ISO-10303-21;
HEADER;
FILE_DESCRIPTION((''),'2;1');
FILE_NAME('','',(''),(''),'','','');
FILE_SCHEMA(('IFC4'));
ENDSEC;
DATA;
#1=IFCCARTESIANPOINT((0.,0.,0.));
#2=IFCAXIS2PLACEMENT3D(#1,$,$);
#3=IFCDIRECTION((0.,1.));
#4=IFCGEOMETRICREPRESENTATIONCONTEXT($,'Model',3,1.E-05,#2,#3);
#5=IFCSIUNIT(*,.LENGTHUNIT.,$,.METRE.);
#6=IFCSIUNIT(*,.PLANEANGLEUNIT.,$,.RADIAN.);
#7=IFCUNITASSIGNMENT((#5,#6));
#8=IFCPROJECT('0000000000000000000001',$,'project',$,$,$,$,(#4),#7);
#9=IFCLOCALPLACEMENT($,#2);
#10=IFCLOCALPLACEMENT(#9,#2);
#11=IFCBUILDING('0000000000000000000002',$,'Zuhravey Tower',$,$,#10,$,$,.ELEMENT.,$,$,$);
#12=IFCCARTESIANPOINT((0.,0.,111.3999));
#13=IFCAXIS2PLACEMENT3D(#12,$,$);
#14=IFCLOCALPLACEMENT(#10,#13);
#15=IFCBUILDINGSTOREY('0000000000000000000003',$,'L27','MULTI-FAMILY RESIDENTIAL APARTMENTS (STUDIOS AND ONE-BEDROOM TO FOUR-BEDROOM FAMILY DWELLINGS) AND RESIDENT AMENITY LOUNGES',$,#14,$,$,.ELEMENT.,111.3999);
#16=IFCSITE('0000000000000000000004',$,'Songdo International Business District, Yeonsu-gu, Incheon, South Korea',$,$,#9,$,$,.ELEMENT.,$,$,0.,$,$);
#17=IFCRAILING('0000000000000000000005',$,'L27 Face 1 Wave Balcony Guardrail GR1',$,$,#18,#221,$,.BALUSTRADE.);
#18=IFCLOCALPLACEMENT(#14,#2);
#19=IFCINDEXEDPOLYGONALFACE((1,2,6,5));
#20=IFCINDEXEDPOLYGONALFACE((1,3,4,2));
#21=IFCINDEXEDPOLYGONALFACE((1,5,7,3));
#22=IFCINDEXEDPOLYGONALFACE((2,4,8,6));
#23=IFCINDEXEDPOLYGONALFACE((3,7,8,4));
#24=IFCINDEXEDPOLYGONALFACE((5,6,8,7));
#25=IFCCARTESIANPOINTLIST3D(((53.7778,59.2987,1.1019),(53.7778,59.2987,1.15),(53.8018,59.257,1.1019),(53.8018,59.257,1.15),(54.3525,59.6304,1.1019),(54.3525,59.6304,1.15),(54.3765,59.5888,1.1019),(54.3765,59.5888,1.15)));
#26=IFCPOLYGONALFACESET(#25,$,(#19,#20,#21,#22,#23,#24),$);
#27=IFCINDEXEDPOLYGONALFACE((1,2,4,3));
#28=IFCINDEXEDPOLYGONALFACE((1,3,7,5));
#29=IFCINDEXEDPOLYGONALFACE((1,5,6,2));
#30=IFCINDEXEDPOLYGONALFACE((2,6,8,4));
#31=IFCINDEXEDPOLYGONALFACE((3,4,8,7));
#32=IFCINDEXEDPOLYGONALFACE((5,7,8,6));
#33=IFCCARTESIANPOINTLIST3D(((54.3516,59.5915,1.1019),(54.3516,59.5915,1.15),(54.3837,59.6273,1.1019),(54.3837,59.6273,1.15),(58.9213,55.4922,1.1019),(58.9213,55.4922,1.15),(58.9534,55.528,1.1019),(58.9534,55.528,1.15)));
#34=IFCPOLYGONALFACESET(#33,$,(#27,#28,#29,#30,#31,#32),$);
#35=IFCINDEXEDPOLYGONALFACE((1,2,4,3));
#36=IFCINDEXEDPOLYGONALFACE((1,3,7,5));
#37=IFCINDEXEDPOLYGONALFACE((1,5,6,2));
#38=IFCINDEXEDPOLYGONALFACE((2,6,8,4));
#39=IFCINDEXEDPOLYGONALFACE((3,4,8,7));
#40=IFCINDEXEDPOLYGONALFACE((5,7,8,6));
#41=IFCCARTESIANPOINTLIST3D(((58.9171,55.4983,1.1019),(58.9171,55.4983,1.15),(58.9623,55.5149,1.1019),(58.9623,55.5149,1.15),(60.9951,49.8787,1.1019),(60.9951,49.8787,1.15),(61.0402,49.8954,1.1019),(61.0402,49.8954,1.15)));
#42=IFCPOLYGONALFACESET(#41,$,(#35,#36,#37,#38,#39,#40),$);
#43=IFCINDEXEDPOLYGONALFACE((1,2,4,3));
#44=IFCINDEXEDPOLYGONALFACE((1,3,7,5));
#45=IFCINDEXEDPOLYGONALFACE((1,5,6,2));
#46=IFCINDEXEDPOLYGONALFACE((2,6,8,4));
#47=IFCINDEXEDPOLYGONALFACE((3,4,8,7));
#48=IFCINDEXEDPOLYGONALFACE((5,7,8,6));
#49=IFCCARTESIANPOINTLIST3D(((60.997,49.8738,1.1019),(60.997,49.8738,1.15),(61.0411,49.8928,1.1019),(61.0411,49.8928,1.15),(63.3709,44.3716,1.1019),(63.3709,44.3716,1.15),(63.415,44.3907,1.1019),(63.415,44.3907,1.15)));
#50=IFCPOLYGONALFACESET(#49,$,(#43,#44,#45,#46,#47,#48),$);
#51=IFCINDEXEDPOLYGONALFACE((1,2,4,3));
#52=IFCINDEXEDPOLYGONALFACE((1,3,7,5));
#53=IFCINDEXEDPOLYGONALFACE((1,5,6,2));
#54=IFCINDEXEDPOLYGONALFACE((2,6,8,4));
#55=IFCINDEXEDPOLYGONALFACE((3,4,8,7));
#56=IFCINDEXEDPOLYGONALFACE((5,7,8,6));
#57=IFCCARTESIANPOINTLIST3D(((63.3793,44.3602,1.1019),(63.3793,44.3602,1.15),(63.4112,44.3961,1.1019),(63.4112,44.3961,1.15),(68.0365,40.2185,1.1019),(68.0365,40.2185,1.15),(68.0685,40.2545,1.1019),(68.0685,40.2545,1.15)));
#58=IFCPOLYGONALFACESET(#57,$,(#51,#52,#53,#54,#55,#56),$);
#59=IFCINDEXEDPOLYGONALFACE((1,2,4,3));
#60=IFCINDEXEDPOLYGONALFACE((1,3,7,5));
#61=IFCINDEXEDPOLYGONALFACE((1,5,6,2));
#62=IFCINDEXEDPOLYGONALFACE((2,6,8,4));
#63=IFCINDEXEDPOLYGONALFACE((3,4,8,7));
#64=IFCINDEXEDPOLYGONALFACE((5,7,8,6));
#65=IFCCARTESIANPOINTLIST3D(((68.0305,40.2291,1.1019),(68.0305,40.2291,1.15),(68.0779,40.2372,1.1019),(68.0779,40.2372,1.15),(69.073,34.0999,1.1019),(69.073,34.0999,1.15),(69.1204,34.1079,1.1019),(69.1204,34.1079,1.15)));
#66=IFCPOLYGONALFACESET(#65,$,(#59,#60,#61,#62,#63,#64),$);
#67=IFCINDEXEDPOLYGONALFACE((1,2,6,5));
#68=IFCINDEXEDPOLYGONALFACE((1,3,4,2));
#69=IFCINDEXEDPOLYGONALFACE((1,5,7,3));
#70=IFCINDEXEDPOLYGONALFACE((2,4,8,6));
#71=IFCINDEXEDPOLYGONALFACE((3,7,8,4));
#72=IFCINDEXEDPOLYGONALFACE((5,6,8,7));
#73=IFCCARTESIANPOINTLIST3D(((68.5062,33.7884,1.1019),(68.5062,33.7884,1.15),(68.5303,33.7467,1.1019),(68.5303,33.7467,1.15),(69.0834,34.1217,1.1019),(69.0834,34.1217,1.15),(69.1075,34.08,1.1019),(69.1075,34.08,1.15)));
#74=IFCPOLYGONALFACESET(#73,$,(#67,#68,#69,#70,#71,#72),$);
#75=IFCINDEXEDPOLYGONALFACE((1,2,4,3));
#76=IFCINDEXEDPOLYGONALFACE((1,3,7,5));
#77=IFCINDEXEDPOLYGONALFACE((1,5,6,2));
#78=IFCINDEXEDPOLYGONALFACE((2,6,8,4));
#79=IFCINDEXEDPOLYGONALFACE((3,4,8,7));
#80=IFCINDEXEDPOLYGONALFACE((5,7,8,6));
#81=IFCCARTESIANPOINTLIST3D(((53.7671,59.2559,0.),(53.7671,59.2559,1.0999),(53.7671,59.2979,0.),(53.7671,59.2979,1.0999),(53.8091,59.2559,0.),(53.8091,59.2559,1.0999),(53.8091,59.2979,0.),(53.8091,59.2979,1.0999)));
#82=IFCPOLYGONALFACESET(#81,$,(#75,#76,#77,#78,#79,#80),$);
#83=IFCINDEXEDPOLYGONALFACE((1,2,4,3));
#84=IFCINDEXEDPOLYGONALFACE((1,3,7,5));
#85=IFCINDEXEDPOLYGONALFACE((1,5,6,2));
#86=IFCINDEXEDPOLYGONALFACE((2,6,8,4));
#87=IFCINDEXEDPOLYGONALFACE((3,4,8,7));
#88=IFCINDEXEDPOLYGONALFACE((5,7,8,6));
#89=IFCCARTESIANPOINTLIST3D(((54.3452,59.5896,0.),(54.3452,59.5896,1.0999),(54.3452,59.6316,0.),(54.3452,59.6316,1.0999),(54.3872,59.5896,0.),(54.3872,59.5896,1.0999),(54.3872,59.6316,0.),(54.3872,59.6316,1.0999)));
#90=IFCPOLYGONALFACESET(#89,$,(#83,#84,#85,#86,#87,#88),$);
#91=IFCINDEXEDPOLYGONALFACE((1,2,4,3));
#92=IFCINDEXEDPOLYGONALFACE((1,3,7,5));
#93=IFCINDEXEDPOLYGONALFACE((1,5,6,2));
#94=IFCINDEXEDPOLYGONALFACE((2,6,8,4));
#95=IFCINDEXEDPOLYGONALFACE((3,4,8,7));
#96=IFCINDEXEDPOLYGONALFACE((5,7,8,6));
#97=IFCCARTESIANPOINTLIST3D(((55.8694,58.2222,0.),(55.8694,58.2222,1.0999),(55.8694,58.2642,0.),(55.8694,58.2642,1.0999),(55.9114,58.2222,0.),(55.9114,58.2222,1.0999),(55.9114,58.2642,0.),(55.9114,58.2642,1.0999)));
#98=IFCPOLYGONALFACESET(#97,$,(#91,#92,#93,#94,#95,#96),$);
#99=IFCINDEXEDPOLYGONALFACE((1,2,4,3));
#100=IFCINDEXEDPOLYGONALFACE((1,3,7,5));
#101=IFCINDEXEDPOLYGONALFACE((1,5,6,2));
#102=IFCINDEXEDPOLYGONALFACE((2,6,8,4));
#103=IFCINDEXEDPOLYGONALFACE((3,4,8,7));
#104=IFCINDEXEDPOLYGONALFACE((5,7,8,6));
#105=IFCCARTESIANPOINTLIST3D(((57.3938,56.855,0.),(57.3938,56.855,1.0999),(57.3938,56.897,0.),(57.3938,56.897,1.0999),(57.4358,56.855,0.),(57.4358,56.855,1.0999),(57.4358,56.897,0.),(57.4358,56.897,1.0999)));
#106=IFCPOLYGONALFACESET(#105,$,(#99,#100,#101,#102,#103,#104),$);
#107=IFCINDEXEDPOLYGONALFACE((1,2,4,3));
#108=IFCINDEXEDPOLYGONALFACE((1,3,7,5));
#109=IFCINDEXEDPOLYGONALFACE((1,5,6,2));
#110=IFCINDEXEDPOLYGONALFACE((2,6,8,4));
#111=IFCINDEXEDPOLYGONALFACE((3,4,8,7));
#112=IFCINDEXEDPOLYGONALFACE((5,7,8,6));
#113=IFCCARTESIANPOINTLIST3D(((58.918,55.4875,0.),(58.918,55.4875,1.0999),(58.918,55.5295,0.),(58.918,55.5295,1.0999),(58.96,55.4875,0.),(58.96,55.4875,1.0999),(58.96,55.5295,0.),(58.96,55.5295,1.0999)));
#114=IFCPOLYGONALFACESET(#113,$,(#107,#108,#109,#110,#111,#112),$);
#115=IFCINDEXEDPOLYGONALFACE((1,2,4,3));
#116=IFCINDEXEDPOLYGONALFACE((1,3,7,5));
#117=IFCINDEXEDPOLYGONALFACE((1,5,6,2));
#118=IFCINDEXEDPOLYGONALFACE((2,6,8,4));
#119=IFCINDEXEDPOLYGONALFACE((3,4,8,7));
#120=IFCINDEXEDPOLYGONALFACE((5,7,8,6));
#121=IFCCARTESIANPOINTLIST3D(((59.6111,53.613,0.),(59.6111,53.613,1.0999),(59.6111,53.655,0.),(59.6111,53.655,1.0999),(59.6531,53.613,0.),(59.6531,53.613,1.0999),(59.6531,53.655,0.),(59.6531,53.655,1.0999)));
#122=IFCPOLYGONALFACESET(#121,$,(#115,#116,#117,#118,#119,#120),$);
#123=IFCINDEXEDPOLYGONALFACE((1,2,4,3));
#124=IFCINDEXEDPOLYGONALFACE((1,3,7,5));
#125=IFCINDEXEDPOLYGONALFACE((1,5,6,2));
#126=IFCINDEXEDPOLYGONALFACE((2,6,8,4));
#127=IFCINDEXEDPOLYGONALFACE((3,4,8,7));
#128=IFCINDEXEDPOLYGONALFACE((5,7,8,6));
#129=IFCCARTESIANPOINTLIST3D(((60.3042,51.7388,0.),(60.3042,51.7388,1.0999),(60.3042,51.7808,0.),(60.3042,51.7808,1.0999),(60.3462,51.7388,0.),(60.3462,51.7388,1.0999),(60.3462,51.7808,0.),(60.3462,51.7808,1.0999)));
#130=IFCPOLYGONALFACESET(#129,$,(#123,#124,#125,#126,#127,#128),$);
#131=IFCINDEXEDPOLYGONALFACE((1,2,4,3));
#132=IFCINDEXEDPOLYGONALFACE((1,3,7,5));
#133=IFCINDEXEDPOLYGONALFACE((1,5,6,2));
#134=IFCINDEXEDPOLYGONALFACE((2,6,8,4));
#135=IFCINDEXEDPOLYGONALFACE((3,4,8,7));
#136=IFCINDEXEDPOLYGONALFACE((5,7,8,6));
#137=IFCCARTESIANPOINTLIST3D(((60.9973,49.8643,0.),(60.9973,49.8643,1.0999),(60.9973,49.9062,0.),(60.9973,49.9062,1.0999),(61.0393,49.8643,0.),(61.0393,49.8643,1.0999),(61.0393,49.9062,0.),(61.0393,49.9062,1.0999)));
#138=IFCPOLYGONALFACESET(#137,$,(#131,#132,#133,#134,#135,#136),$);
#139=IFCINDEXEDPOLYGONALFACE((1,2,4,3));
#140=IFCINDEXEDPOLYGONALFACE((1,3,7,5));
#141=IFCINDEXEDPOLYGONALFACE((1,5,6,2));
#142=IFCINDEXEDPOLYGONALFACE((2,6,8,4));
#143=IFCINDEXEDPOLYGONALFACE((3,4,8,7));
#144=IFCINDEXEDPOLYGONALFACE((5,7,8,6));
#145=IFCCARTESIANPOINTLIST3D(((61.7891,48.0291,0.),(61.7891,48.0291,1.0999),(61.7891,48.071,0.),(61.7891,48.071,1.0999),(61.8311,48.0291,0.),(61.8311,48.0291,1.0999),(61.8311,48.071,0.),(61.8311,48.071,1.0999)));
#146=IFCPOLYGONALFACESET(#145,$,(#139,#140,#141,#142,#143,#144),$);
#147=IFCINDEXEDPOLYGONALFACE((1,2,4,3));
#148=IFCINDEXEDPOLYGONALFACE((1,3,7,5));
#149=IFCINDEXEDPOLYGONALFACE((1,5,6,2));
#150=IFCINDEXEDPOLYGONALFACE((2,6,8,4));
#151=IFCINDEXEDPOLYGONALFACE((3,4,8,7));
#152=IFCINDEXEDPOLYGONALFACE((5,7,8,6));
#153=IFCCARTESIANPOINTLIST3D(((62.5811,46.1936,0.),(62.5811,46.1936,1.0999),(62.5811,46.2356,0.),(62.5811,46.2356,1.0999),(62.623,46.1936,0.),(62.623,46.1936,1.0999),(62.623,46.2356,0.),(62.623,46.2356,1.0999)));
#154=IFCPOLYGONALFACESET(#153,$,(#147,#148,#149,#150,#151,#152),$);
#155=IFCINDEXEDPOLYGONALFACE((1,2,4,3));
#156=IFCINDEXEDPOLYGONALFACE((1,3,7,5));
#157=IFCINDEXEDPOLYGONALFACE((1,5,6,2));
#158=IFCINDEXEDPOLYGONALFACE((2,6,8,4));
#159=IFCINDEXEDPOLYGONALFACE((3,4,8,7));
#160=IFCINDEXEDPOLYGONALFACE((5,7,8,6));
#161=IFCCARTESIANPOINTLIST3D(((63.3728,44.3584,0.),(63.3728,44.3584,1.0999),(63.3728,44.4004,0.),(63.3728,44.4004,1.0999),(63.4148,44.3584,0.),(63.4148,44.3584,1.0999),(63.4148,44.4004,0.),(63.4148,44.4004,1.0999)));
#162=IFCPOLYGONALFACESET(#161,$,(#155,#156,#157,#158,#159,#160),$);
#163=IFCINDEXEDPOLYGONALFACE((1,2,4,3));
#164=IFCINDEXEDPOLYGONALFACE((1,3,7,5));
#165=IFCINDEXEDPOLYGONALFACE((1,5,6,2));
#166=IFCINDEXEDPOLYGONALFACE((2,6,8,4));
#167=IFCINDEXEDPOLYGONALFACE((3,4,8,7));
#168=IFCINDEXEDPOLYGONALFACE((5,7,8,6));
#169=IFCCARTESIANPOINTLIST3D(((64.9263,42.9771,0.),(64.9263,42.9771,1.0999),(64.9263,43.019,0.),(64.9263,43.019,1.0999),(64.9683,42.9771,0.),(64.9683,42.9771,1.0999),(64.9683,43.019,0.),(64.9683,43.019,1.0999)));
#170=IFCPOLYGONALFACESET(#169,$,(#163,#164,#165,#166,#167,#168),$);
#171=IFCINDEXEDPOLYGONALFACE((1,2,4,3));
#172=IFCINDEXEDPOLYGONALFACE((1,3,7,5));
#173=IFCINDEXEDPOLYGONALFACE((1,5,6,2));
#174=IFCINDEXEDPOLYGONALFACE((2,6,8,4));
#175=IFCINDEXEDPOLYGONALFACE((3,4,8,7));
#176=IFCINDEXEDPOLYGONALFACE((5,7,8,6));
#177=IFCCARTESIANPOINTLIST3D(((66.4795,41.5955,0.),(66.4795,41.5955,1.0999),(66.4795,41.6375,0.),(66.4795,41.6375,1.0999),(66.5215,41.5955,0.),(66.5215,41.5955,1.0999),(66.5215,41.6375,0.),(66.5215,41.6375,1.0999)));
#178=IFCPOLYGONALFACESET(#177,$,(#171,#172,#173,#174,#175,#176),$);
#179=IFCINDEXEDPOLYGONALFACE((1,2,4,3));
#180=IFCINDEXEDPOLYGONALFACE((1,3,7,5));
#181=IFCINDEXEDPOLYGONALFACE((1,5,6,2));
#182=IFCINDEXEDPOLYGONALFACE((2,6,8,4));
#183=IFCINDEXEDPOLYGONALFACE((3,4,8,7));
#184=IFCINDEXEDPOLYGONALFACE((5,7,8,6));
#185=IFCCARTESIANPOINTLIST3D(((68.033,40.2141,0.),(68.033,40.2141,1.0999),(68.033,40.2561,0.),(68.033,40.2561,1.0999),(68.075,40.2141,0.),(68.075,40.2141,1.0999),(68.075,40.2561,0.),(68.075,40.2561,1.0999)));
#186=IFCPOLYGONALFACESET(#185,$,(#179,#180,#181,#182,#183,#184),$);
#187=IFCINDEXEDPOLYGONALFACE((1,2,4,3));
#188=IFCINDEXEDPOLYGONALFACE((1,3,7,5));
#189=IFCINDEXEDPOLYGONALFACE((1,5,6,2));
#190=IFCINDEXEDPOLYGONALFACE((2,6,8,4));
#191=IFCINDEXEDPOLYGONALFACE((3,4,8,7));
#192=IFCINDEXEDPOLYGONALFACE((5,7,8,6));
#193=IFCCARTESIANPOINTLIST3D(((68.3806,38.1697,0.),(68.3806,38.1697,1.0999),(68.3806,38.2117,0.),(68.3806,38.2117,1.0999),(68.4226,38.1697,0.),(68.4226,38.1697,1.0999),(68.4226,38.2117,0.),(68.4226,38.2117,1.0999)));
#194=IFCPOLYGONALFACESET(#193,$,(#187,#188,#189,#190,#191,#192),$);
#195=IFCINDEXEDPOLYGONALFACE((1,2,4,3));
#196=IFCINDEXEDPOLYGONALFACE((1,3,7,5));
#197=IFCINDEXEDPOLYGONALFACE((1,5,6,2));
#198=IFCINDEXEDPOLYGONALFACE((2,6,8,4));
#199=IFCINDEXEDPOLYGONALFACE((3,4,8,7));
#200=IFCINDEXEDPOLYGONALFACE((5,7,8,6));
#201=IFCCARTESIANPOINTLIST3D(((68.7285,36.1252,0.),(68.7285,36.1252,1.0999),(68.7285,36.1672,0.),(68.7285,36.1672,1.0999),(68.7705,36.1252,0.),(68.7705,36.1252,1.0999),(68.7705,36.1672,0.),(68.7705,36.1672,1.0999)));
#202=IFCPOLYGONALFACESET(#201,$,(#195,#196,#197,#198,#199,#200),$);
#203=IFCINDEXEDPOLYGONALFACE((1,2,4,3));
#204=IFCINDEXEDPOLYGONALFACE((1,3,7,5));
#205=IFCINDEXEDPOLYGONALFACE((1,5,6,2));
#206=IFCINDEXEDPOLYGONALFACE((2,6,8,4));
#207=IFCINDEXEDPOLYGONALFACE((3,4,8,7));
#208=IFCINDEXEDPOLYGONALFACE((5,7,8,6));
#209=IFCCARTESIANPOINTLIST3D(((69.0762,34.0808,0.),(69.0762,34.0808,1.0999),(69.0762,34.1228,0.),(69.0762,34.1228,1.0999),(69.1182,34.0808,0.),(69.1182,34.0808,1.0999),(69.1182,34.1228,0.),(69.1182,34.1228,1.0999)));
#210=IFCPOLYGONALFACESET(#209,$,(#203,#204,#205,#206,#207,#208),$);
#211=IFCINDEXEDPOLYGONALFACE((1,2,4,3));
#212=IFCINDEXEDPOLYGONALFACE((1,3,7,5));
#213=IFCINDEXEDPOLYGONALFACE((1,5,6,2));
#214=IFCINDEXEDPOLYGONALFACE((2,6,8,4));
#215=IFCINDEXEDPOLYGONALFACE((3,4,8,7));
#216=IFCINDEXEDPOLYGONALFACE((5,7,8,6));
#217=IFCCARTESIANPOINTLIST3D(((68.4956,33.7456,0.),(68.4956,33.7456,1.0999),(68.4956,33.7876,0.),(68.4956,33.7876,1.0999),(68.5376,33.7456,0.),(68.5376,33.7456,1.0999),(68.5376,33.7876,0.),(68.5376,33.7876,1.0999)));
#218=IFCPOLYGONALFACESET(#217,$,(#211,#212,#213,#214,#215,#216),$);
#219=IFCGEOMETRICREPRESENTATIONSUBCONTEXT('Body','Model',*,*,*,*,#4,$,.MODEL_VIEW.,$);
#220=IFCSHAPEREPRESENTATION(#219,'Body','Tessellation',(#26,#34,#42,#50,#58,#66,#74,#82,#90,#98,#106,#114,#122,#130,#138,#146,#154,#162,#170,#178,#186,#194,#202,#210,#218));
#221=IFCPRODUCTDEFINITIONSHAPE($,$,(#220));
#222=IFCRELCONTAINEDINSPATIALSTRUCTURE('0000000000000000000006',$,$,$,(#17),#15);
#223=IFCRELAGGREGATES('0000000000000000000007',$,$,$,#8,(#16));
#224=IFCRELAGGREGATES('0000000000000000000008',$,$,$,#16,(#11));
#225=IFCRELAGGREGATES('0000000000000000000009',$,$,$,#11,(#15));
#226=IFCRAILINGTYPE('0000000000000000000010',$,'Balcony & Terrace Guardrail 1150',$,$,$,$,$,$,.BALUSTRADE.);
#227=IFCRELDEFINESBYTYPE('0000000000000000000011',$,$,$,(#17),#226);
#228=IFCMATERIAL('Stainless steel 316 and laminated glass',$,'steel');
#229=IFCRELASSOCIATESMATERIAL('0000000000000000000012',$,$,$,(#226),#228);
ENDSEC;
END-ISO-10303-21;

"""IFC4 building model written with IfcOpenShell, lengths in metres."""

from ifc_helpers import new_model, si_unit, direction, frame, origin, origin_2d, place, context, subcontext, project, spatial, rectangle, extrude, material, type_object, element, save


model = new_model("IFC4")

# Units and contexts
model_context = context("Model", 3, precision=1e-05, world=origin(), true_north=direction((0.0, 1.0)))
body_context = subcontext(model_context, "Body", "Model", "MODEL_VIEW")
ifc_project = project(units=[si_unit("LENGTHUNIT", "METRE"), si_unit("PLANEANGLEUNIT", "RADIAN")], contexts=[model_context])

# Site, building, storey
site_placement = place(None, origin())
site = spatial("IfcSite", under=ifc_project, at=site_placement, Name="Songdo International Business District, Yeonsu-gu, Incheon, South Korea", CompositionType="ELEMENT", RefElevation=0.0)
building_placement = place(site_placement, origin())
building = spatial("IfcBuilding", under=site, at=building_placement, Name="Zuhravey Tower", CompositionType="ELEMENT")
storey_placement = place(building_placement, frame((0.0, 0.0, 111.3999)))
storey = spatial("IfcBuildingStorey", under=building, at=storey_placement, Name="L27", Description="MULTI-FAMILY RESIDENTIAL APARTMENTS (STUDIOS AND ONE-BEDROOM TO FOUR-BEDROOM FAMILY DWELLINGS) AND RESIDENT AMENITY LOUNGES", CompositionType="ELEMENT", Elevation=111.3999)

# Railing
ifc_material_1 = material(Name="Stainless steel 316 and laminated glass", Category="steel")
railing_type = type_object("IfcRailingType", Name="Balcony & Terrace Guardrail 1150", PredefinedType="BALUSTRADE", material=ifc_material_1)
railing_placement = place(storey_placement, frame((53.7881, 59.2769, 0.0)))
element("IfcRailing", 1, at=railing_placement, inside=storey, type_object=railing_type, Name="L27 Face 1 Wave Balcony Guardrail GR1", PredefinedType="BALUSTRADE", context=body_context, shape_type="SweptSolid", body=[
    extrude(rectangle(XDim=0.0481, YDim=0.0481, at=origin_2d()), frame((0.0017, 0.001, 1.126), z_axis=(0.866052, 0.499955, 0.0), x_axis=(-0.499955, 0.866052, 0.0)), (0.0, 0.0, 1.0), 0.6636),
    extrude(rectangle(XDim=0.0481, YDim=0.0481, at=origin_2d()), frame((0.5796, 0.3325, 1.126), z_axis=(0.74438, -0.667756, 0.0), x_axis=(0.667756, 0.74438, 0.0)), (0.0, 0.0, 1.0), 6.1389),
    extrude(rectangle(XDim=0.0481, YDim=0.0481, at=origin_2d()), frame((5.1516, -3.7703, 1.126), z_axis=(0.346822, -0.937931, 0.0), x_axis=(0.937931, 0.346822, 0.0)), (0.0, 0.0, 1.0), 5.9915),
    extrude(rectangle(XDim=0.0481, YDim=0.0481, at=origin_2d()), frame((7.231, -9.3936, 1.126), z_axis=(0.396149, -0.918186, 0.0), x_axis=(0.918186, 0.396149, 0.0)), (0.0, 0.0, 1.0), 5.9924),
    extrude(rectangle(XDim=0.0481, YDim=0.0481, at=origin_2d()), frame((9.6072, -14.8987, 1.126), z_axis=(0.747256, -0.664536, 0.0), x_axis=(0.664536, 0.747256, 0.0)), (0.0, 0.0, 1.0), 6.2324),
    extrude(rectangle(XDim=0.0481, YDim=0.0481, at=origin_2d()), frame((14.2661, -19.0437, 1.126), z_axis=(0.167682, -0.985841, 0.0), x_axis=(0.985841, 0.167682, 0.0)), (0.0, 0.0, 1.0), 6.2173),
    extrude(rectangle(XDim=0.0481, YDim=0.0481, at=origin_2d()), frame((15.3074, -25.176, 1.126), z_axis=(-0.866016, -0.500017, 0.0), x_axis=(0.500017, -0.866016, 0.0)), (0.0, 0.0, 1.0), 0.6665),
    extrude(rectangle(XDim=0.042, YDim=0.042, at=origin_2d()), origin(), (0.0, 0.0, 1.0), 1.0999),
    extrude(rectangle(XDim=0.042, YDim=0.042, at=origin_2d()), frame((0.5781, 0.3337, 0.0)), (0.0, 0.0, 1.0), 1.0999),
    extrude(rectangle(XDim=0.042, YDim=0.042, at=origin_2d()), frame((2.1023, -1.0337, 0.0)), (0.0, 0.0, 1.0), 1.0999),
    extrude(rectangle(XDim=0.042, YDim=0.042, at=origin_2d()), frame((3.6267, -2.4009, 0.0)), (0.0, 0.0, 1.0), 1.0999),
    extrude(rectangle(XDim=0.042, YDim=0.042, at=origin_2d()), frame((5.1509, -3.7683, 0.0)), (0.0, 0.0, 1.0), 1.0999),
    extrude(rectangle(XDim=0.042, YDim=0.042, at=origin_2d()), frame((5.844, -5.6428, 0.0)), (0.0, 0.0, 1.0), 1.0999),
    extrude(rectangle(XDim=0.042, YDim=0.042, at=origin_2d()), frame((6.5371, -7.5171, 0.0)), (0.0, 0.0, 1.0), 1.0999),
    extrude(rectangle(XDim=0.042, YDim=0.042, at=origin_2d()), frame((7.2302, -9.3916, 0.0)), (0.0, 0.0, 1.0), 1.0999),
    extrude(rectangle(XDim=0.042, YDim=0.042, at=origin_2d()), frame((8.022, -11.2268, 0.0)), (0.0, 0.0, 1.0), 1.0999),
    extrude(rectangle(XDim=0.042, YDim=0.042, at=origin_2d()), frame((8.814, -13.0623, 0.0)), (0.0, 0.0, 1.0), 1.0999),
    extrude(rectangle(XDim=0.042, YDim=0.042, at=origin_2d()), frame((9.6057, -14.8975, 0.0)), (0.0, 0.0, 1.0), 1.0999),
    extrude(rectangle(XDim=0.042, YDim=0.042, at=origin_2d()), frame((11.1592, -16.2788, 0.0)), (0.0, 0.0, 1.0), 1.0999),
    extrude(rectangle(XDim=0.042, YDim=0.042, at=origin_2d()), frame((12.7124, -17.6604, 0.0)), (0.0, 0.0, 1.0), 1.0999),
    extrude(rectangle(XDim=0.042, YDim=0.042, at=origin_2d()), frame((14.2659, -19.0417, 0.0)), (0.0, 0.0, 1.0), 1.0999),
    extrude(rectangle(XDim=0.042, YDim=0.042, at=origin_2d()), frame((14.6135, -21.0862, 0.0)), (0.0, 0.0, 1.0), 1.0999),
    extrude(rectangle(XDim=0.042, YDim=0.042, at=origin_2d()), frame((14.9614, -23.1306, 0.0)), (0.0, 0.0, 1.0), 1.0999),
    extrude(rectangle(XDim=0.042, YDim=0.042, at=origin_2d()), frame((15.3091, -25.175, 0.0)), (0.0, 0.0, 1.0), 1.0999),
    extrude(rectangle(XDim=0.042, YDim=0.042, at=origin_2d()), frame((14.7285, -25.5103, 0.0)), (0.0, 0.0, 1.0), 1.0999),
])

save(model, "model.ifc")
